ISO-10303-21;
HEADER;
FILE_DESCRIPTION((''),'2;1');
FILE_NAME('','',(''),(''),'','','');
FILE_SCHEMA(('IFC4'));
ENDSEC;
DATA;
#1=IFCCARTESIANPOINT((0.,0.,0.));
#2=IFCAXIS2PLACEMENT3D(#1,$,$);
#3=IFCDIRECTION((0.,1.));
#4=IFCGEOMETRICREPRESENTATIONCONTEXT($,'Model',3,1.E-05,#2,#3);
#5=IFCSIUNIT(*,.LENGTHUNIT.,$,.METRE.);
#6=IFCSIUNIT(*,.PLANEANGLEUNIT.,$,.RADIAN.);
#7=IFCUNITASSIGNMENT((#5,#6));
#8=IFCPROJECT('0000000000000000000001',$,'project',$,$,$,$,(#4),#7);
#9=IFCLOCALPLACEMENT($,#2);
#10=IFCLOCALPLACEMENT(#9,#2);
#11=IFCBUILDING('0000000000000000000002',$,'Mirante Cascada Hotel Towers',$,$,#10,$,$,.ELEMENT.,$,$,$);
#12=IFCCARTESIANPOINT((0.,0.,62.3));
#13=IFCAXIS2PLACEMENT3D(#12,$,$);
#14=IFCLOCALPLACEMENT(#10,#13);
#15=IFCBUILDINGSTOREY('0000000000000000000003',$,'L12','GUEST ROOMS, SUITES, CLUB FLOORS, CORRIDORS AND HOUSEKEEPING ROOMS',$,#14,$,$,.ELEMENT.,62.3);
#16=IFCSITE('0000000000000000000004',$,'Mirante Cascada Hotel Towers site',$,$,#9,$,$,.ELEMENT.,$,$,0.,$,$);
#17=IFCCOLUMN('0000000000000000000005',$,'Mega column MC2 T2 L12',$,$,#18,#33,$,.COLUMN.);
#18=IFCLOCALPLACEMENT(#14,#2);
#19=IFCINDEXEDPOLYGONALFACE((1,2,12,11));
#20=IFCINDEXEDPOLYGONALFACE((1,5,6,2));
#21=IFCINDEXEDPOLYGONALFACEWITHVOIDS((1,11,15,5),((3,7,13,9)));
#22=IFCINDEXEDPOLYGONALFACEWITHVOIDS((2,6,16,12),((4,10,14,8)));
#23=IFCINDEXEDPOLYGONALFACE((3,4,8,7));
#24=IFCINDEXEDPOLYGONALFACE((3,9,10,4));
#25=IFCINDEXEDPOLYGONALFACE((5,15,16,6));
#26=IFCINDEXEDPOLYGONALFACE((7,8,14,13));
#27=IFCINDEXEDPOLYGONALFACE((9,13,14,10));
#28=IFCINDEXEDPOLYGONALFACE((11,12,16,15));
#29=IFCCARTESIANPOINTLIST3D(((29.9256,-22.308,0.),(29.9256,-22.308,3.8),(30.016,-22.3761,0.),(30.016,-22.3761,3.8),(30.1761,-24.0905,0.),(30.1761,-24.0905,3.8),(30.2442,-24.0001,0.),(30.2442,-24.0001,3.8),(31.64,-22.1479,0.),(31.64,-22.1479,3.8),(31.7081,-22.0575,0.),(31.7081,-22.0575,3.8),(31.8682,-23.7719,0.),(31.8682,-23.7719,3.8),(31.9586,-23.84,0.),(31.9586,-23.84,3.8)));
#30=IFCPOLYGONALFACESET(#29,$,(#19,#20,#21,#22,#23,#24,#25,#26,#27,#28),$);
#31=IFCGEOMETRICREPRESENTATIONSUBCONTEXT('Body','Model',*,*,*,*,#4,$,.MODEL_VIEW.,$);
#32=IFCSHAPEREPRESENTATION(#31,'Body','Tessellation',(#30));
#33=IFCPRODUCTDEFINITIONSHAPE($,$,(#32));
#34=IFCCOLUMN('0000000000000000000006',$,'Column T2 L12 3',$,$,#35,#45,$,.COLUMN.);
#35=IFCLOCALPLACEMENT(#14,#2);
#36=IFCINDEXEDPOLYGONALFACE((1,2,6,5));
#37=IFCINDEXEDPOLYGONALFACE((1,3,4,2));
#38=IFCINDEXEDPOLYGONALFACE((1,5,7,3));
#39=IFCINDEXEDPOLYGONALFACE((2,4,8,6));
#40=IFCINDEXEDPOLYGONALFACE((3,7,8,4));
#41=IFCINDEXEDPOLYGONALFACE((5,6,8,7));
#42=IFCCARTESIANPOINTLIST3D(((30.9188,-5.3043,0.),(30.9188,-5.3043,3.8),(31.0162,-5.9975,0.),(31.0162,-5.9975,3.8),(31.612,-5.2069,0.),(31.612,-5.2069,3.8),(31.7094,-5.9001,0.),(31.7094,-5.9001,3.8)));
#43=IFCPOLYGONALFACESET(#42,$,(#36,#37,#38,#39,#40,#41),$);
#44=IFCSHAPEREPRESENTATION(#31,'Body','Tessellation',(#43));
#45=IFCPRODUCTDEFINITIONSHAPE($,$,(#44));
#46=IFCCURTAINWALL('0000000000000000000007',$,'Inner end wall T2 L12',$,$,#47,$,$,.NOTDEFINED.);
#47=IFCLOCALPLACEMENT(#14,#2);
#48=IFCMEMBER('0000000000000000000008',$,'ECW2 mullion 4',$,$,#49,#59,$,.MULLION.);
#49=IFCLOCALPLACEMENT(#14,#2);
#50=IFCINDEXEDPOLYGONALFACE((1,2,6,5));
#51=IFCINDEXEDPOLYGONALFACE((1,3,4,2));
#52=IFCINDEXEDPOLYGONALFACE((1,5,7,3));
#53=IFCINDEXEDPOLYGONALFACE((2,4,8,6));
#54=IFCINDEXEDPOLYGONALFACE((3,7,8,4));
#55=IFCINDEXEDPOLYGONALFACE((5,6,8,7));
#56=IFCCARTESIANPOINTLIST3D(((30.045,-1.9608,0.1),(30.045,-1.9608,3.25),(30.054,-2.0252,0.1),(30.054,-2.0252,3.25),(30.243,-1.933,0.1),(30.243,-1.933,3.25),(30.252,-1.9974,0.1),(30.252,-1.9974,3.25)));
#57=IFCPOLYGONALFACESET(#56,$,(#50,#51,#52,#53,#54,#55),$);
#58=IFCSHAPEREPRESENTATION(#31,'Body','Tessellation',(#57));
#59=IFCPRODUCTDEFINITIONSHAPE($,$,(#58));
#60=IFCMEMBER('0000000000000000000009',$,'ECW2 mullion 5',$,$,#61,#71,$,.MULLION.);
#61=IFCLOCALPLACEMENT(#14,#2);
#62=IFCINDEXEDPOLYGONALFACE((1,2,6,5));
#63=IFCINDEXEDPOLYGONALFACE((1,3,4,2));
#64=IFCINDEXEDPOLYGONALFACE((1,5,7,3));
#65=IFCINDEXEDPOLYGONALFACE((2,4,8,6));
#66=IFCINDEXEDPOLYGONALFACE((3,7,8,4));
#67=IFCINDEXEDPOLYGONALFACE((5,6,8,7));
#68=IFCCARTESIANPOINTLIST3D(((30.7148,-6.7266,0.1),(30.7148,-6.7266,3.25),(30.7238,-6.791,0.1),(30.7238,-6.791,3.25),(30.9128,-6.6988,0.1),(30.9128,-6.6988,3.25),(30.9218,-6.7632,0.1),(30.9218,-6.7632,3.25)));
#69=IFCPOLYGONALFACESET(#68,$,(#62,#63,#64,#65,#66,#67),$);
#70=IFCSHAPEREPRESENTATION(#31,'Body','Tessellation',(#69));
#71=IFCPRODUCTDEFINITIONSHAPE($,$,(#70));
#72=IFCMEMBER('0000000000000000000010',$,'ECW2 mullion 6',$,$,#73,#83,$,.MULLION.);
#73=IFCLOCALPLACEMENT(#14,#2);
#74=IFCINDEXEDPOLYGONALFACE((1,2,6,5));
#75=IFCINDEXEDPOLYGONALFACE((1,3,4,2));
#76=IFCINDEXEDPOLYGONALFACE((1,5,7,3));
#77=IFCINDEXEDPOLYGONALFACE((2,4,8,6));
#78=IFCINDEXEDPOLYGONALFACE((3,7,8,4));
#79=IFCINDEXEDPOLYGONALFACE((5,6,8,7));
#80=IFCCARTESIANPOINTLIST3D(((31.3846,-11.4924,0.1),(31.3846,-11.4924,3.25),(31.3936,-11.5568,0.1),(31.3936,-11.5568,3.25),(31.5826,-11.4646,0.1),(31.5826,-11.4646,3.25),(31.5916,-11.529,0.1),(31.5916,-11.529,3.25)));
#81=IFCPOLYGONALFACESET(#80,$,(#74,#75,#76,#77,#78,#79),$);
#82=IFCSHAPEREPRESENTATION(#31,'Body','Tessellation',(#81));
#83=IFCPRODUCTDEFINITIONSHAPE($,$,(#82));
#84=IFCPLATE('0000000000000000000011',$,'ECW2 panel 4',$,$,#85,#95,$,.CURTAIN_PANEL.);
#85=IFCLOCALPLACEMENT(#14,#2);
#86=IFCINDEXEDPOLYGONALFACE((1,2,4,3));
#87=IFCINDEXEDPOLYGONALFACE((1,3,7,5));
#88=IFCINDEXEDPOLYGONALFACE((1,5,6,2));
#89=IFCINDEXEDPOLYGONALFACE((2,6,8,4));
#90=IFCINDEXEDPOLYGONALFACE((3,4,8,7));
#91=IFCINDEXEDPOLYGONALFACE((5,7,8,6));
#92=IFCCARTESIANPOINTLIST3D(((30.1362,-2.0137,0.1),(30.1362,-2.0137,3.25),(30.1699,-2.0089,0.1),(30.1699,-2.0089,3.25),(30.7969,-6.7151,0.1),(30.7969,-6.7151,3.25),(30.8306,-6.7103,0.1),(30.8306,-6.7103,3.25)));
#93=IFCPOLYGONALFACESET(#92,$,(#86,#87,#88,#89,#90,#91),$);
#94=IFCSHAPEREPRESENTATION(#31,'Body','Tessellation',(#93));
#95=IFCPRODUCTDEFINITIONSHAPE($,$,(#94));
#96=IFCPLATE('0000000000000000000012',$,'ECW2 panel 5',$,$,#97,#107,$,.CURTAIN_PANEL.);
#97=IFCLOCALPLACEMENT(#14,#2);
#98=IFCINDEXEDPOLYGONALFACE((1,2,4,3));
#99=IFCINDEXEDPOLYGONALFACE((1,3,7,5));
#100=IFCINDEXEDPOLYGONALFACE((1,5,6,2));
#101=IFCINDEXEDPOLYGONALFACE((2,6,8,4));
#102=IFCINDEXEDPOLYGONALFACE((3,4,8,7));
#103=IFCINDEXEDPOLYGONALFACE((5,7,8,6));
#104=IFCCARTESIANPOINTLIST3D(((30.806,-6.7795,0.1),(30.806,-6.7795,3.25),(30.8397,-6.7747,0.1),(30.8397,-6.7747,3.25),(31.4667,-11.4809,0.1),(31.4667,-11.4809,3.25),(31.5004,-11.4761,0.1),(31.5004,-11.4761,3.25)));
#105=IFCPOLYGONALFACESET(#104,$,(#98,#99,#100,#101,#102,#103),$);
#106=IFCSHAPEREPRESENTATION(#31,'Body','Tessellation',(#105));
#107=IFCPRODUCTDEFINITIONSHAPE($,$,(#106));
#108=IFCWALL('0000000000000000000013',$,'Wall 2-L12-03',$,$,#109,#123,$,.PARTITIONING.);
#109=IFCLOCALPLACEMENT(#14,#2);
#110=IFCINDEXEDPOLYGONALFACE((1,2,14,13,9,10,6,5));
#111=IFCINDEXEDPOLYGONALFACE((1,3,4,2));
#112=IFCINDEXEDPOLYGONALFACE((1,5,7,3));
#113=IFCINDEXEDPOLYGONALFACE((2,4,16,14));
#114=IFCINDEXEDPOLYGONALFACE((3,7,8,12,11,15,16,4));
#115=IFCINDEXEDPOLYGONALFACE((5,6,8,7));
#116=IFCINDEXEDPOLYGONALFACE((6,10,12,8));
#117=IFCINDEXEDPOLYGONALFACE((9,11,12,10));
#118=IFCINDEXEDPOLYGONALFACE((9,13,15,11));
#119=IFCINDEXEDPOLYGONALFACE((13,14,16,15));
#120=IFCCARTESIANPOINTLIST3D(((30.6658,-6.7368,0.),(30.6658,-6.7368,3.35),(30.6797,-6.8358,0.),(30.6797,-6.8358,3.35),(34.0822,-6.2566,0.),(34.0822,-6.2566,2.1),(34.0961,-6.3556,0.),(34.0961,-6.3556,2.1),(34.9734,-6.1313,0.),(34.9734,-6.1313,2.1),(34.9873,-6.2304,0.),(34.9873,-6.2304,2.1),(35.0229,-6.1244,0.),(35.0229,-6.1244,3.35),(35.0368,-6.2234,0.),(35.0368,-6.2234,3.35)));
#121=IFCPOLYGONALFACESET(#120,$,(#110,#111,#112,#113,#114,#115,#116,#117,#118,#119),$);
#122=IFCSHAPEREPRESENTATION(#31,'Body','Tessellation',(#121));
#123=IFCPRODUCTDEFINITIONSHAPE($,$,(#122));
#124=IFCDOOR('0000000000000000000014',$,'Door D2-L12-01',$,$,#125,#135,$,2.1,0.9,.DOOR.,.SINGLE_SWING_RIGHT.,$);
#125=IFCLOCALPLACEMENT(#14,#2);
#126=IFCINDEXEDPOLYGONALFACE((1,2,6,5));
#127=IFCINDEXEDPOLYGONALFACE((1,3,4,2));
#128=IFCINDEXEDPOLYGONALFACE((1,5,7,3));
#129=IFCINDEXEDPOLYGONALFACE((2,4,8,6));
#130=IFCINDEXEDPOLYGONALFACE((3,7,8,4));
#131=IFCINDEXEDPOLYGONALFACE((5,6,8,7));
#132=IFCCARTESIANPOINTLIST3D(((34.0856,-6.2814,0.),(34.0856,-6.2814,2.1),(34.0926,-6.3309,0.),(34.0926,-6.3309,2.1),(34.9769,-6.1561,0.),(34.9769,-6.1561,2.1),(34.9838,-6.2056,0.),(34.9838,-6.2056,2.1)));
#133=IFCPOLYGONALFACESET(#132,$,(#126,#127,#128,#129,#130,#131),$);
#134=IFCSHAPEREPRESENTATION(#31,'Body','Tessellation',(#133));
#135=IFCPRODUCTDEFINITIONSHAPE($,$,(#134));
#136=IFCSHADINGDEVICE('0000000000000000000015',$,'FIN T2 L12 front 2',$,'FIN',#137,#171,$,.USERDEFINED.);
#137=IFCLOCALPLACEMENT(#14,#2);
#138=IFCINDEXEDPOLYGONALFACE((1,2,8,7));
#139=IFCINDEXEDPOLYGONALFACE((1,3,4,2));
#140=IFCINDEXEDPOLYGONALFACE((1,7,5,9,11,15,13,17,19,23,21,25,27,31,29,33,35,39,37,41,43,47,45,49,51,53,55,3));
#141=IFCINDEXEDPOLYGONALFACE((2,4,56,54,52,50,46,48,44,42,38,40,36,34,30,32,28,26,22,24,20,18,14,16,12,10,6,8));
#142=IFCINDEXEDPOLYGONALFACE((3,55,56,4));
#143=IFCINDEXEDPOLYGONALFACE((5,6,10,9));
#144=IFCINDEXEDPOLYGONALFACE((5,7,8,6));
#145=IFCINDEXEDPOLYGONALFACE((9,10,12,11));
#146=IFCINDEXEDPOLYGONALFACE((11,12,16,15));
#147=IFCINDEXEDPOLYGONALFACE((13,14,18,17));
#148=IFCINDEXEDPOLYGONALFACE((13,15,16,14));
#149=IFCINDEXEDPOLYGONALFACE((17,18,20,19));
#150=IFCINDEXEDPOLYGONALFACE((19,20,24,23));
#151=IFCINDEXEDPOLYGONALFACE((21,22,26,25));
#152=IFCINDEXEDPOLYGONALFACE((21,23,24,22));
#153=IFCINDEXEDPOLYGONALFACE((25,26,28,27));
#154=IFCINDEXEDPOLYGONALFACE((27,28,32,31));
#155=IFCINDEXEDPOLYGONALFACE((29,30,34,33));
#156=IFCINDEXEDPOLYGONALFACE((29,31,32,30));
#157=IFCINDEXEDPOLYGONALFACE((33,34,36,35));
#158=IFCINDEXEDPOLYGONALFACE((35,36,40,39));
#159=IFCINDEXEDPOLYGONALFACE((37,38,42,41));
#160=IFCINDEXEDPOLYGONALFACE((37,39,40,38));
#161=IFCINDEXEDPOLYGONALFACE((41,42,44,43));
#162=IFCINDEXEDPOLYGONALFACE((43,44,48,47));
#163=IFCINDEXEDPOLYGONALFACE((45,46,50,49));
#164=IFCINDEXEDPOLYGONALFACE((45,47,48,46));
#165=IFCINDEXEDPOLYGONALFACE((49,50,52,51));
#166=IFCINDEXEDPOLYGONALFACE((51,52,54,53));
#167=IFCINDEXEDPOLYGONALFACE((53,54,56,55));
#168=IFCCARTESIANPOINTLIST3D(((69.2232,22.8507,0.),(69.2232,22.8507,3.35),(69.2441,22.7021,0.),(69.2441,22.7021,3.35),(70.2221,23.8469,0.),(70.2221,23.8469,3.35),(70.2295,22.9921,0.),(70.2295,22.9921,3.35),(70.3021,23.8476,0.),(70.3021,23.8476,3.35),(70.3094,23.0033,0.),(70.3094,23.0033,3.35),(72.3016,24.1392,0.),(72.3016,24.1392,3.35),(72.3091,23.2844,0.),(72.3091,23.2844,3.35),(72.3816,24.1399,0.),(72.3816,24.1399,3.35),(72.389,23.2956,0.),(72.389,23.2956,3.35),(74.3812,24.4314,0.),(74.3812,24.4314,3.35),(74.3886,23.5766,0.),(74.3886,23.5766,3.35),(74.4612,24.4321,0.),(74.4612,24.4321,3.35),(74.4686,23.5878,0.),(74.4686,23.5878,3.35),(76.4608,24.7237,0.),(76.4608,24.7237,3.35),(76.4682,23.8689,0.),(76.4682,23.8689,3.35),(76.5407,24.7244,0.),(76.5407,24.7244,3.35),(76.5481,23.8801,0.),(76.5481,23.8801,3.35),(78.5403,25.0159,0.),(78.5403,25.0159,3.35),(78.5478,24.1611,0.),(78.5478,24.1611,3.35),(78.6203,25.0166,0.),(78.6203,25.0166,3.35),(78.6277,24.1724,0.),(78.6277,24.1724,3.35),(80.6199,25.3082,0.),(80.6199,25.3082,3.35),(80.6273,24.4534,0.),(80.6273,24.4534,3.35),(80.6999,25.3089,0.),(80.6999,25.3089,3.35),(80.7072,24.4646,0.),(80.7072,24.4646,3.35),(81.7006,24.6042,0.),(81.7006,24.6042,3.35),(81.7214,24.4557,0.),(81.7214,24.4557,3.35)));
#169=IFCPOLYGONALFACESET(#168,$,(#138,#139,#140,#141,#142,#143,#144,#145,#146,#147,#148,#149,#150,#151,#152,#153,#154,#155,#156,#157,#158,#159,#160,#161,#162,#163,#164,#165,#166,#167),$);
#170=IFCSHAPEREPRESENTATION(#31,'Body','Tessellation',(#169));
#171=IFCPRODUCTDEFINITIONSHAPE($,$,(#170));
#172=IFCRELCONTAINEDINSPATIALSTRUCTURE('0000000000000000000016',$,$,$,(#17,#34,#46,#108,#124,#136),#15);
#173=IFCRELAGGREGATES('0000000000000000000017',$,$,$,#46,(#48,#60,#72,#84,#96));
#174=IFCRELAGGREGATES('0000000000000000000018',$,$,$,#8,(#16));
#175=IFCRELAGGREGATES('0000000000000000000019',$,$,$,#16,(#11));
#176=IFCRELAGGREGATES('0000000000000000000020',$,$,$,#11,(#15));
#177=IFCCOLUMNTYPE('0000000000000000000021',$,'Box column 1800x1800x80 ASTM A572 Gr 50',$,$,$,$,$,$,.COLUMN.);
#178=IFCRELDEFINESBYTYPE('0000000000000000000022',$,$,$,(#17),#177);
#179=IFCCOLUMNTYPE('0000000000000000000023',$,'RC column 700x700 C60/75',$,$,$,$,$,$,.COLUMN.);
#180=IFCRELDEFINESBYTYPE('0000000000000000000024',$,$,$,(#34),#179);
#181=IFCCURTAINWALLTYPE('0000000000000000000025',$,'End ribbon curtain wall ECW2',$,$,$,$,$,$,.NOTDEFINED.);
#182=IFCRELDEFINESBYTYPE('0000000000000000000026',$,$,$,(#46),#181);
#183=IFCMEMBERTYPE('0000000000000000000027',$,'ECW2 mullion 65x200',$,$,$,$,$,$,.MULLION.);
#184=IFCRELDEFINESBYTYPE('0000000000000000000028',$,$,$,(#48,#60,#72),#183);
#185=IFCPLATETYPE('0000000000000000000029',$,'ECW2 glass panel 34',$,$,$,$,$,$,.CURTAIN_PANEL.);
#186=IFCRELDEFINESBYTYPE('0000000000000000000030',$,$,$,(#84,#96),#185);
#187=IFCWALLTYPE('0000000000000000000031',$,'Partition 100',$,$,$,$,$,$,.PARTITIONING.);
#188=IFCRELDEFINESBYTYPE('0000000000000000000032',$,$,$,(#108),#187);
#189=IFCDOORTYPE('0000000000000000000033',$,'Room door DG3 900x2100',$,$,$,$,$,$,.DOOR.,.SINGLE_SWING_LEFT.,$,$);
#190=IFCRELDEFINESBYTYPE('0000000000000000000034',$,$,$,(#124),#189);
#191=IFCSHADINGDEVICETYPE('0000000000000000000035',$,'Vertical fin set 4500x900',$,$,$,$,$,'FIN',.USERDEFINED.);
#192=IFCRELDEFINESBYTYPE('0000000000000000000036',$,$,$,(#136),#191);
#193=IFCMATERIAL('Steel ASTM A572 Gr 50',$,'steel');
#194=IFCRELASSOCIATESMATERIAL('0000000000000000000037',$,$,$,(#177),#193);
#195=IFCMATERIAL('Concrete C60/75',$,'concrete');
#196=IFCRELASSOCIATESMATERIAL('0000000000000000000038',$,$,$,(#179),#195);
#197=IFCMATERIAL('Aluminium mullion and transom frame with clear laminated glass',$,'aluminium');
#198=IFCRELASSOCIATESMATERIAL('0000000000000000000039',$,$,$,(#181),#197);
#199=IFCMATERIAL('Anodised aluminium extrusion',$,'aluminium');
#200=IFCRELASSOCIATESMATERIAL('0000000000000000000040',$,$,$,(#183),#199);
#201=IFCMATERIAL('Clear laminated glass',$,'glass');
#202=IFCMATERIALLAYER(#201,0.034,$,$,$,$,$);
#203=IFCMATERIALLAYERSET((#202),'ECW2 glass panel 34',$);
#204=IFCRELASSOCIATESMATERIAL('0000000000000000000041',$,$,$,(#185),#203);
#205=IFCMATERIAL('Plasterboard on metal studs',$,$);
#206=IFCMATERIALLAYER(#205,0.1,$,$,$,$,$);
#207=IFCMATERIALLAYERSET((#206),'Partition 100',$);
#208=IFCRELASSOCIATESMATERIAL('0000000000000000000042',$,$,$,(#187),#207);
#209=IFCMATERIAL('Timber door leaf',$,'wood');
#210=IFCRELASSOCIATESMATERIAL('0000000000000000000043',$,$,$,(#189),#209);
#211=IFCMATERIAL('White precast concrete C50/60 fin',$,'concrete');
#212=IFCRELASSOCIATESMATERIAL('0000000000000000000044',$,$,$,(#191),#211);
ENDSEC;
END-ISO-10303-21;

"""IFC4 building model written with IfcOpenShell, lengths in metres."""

from ifc_helpers import new_model, si_unit, direction, frame, frame_2d, origin, origin_2d, place, context, subcontext, project, spatial, polyline, rectangle, hollow_rectangle, outline, extrude, material, layer, layer_set, material_profile, profile_set, type_object, element, fill, aggregate, save


model = new_model("IFC4")

# Units and contexts
model_context = context("Model", 3, precision=1e-05, world=origin(), true_north=direction((0.0, 1.0)))
body_context = subcontext(model_context, "Body", "Model", "MODEL_VIEW")
ifc_project = project(units=[si_unit("LENGTHUNIT", "METRE"), si_unit("PLANEANGLEUNIT", "RADIAN")], contexts=[model_context])

# Site, building, storey
site_placement = place(None, origin())
site = spatial("IfcSite", under=ifc_project, at=site_placement, Name="Mirante Cascada Hotel Towers site", CompositionType="ELEMENT", RefElevation=0.0)
building_placement = place(site_placement, origin())
building = spatial("IfcBuilding", under=site, at=building_placement, Name="Mirante Cascada Hotel Towers", CompositionType="ELEMENT")
storey_placement = place(building_placement, frame((0.0, 0.0, 62.3)))
storey = spatial("IfcBuildingStorey", under=building, at=storey_placement, Name="L12", Description="GUEST ROOMS, SUITES, CLUB FLOORS, CORRIDORS AND HOUSEKEEPING ROOMS", CompositionType="ELEMENT", Elevation=62.3)

# Columns
ifc_material_1 = material(Name="Steel ASTM A572 Gr 50", Category="steel")
ifc_material_profile_1 = material_profile(ifc_material_1, hollow_rectangle(XDim=1.8, YDim=1.8, WallThickness=0.08, at=origin_2d()), Name="Box column 1800x1800x80 ASTM A572 Gr 50")
ifc_profile_set_1 = profile_set([ifc_material_profile_1], Name="Steel ASTM A572 Gr 50")
column_type_1 = type_object("IfcColumnType", Name="Box column 1800x1800x80 ASTM A572 Gr 50", PredefinedType="COLUMN", material=ifc_profile_set_1)
column_1_placement = place(storey_placement, frame((30.9421, -23.074, 0.0), z_axis=(0.0, 0.0, 1.0), x_axis=(0.990268, 0.139173, 0.0)))
element("IfcColumn", 1, at=column_1_placement, inside=storey, type_object=column_type_1, Name="Mega column MC2 T2 L12", PredefinedType="COLUMN", context=body_context, shape_type="SweptSolid", body=[
    extrude(hollow_rectangle(XDim=1.8, YDim=1.8, WallThickness=0.08, at=origin_2d()), origin(), (0.0, 0.0, 1.0), 3.8),
])
ifc_material_2 = material(Name="Concrete C60/75", Category="concrete")
ifc_material_profile_2 = material_profile(ifc_material_2, rectangle(XDim=0.7, YDim=0.7, at=origin_2d()), Name="RC column 700x700 C60/75")
ifc_profile_set_2 = profile_set([ifc_material_profile_2], Name="Concrete C60/75")
column_type_2 = type_object("IfcColumnType", Name="RC column 700x700 C60/75", PredefinedType="COLUMN", material=ifc_profile_set_2)
column_2_placement = place(storey_placement, frame((31.3141, -5.6022, 0.0), z_axis=(0.0, 0.0, 1.0), x_axis=(0.990268, 0.139173, 0.0)))
element("IfcColumn", 2, at=column_2_placement, inside=storey, type_object=column_type_2, Name="Column T2 L12 3", PredefinedType="COLUMN", context=body_context, shape_type="SweptSolid", body=[
    extrude(rectangle(XDim=0.7, YDim=0.7, at=origin_2d()), origin(), (0.0, 0.0, 1.0), 3.8),
])

# Curtain wall, members, plates
ifc_material_3 = material(Name="Aluminium mullion and transom frame with clear laminated glass", Category="aluminium")
curtain_wall_type = type_object("IfcCurtainWallType", Name="End ribbon curtain wall ECW2", PredefinedType="NOTDEFINED", material=ifc_material_3)
curtain_wall_placement = place(storey_placement, origin())
curtain_wall = element("IfcCurtainWall", 3, at=curtain_wall_placement, inside=storey, type_object=curtain_wall_type, Name="Inner end wall T2 L12", PredefinedType="NOTDEFINED")
ifc_material_4 = material(Name="Anodised aluminium extrusion", Category="aluminium")
ifc_material_profile_3 = material_profile(ifc_material_4, rectangle(XDim=0.2, YDim=0.065, at=origin_2d()), Name="ECW2 MULLION 65x200")
ifc_profile_set_3 = profile_set([ifc_material_profile_3], Name="Anodised aluminium extrusion")
member_type = type_object("IfcMemberType", Name="ECW2 mullion 65x200", PredefinedType="MULLION", material=ifc_profile_set_3)
member_1_placement = place(storey_placement, frame((30.1485, -1.9791, 0.1), z_axis=(0.0, 0.0, 1.0), x_axis=(0.990268, 0.139173, 0.0)))
member_1 = element("IfcMember", 4, at=member_1_placement, type_object=member_type, Name="ECW2 mullion 4", PredefinedType="MULLION", context=body_context, shape_type="SweptSolid", body=[
    extrude(rectangle(XDim=0.2, YDim=0.065, at=origin_2d()), origin(), (0.0, 0.0, 1.0), 3.15),
])
member_2_placement = place(storey_placement, frame((30.8183, -6.7449, 0.1), z_axis=(0.0, 0.0, 1.0), x_axis=(0.990268, 0.139173, 0.0)))
member_2 = element("IfcMember", 5, at=member_2_placement, type_object=member_type, Name="ECW2 mullion 5", PredefinedType="MULLION", context=body_context, shape_type="SweptSolid", body=[
    extrude(rectangle(XDim=0.2, YDim=0.065, at=origin_2d()), origin(), (0.0, 0.0, 1.0), 3.15),
])
member_3_placement = place(storey_placement, frame((31.4881, -11.5107, 0.1), z_axis=(0.0, 0.0, 1.0), x_axis=(0.990268, 0.139173, 0.0)))
member_3 = element("IfcMember", 6, at=member_3_placement, type_object=member_type, Name="ECW2 mullion 6", PredefinedType="MULLION", context=body_context, shape_type="SweptSolid", body=[
    extrude(rectangle(XDim=0.2, YDim=0.065, at=origin_2d()), origin(), (0.0, 0.0, 1.0), 3.15),
])
ifc_material_5 = material(Name="Clear laminated glass", Category="glass")
ifc_layer_1 = layer(ifc_material_5, 0.034)
ifc_layer_set_1 = layer_set([ifc_layer_1], Name="ECW2 glass panel 34")
plate_type = type_object("IfcPlateType", Name="ECW2 glass panel 34", PredefinedType="CURTAIN_PANEL", material=ifc_layer_set_1)
plate_1_placement = place(storey_placement, frame((30.4834, -4.362, 0.1), z_axis=(0.0, 0.0, 1.0), x_axis=(0.139173, -0.990268, 0.0)))
plate_1 = element("IfcPlate", 7, at=plate_1_placement, type_object=plate_type, Name="ECW2 panel 4", PredefinedType="CURTAIN_PANEL", context=body_context, shape_type="SweptSolid", body=[
    extrude(rectangle(XDim=4.7476, YDim=0.034, at=origin_2d()), origin(), (0.0, 0.0, 1.0), 3.15),
])
plate_2_placement = place(storey_placement, frame((31.1532, -9.1278, 0.1), z_axis=(0.0, 0.0, 1.0), x_axis=(0.139173, -0.990268, 0.0)))
plate_2 = element("IfcPlate", 8, at=plate_2_placement, type_object=plate_type, Name="ECW2 panel 5", PredefinedType="CURTAIN_PANEL", context=body_context, shape_type="SweptSolid", body=[
    extrude(rectangle(XDim=4.7476, YDim=0.034, at=origin_2d()), origin(), (0.0, 0.0, 1.0), 3.15),
])
aggregate(curtain_wall, [member_1, member_2, member_3, plate_1, plate_2])

# Wall, opening, door
ifc_material_6 = material(Name="Plasterboard on metal studs")
ifc_layer_2 = layer(ifc_material_6, 0.1)
ifc_layer_set_2 = layer_set([ifc_layer_2], Name="Partition 100")
wall_type = type_object("IfcWallType", Name="Partition 100", PredefinedType="PARTITIONING", material=ifc_layer_set_2)
wall_placement = place(storey_placement, frame((30.6727, -6.7863, 0.0), z_axis=(0.0, 0.0, 1.0), x_axis=(0.990267, 0.139184, 0.0)))
wall = element("IfcWall", 9, at=wall_placement, inside=storey, type_object=wall_type, Name="Wall 2-L12-03", PredefinedType="PARTITIONING", context=body_context, shape_type="SweptSolid", body=[
    extrude(rectangle(XDim=4.3999, YDim=0.1, at=frame_2d((2.2, 0.0))), origin(), (0.0, 0.0, 1.0), 3.35),
])
opening_placement = place(wall_placement, frame((3.45, 0.0, 0.0)))
opening = element("IfcOpeningElement", 10, at=opening_placement, cuts=wall, PredefinedType="OPENING", context=body_context, shape_type="SweptSolid", body=[
    extrude(rectangle(XDim=0.9, YDim=2.1, at=frame_2d((0.45, 1.05))), frame((0.0, 0.05, 0.0), z_axis=(0.0, -1.0, 0.0), x_axis=(1.0, 0.0, 0.0)), (0.0, 0.0, 1.0), 0.1),
])
ifc_material_7 = material(Name="Timber door leaf", Category="wood")
door_type = type_object("IfcDoorType", Name="Room door DG3 900x2100", OperationType="SINGLE_SWING_LEFT", PredefinedType="DOOR", material=ifc_material_7)
door_placement = place(opening_placement, frame((0.9, 0.0, 0.0), z_axis=(0.0, 0.0, 1.0), x_axis=(-1.0, 0.0, 0.0)))
door = element("IfcDoor", 11, at=door_placement, inside=storey, type_object=door_type, Name="Door D2-L12-01", OperationType="SINGLE_SWING_RIGHT", OverallHeight=2.1, OverallWidth=0.9, PredefinedType="DOOR", context=body_context, shape_type="SweptSolid", body=[
    extrude(rectangle(XDim=0.9, YDim=2.1, at=frame_2d((0.45, 1.05))), frame((0.0, 0.025, 0.0), z_axis=(0.0, -1.0, 0.0), x_axis=(1.0, 0.0, 0.0)), (0.0, 0.0, 1.0), 0.05),
])
fill(opening, door)

# Shading device
ifc_material_8 = material(Name="White precast concrete C50/60 fin", Category="concrete")
shading_device_type = type_object("IfcShadingDeviceType", Name="Vertical fin set 4500x900", ElementType="FIN", PredefinedType="USERDEFINED", material=ifc_material_8)
shading_device_1_placement = place(storey_placement, origin())
element("IfcShadingDevice", 12, at=shading_device_1_placement, inside=storey, type_object=shading_device_type, Name="FIN T2 L12 front 2", ObjectType="FIN", PredefinedType="USERDEFINED", context=body_context, shape_type="SweptSolid", body=[
    extrude(outline(polyline([(70.3021, 23.8476), (70.3094, 23.0033), (72.3091, 23.2844), (72.3016, 24.1392), (72.3816, 24.1399), (72.389, 23.2956), (74.3886, 23.5766), (74.3812, 24.4314), (74.4612, 24.4321), (74.4686, 23.5878), (76.4682, 23.8689), (76.4608, 24.7237), (76.5407, 24.7244), (76.5481, 23.8801), (78.5478, 24.1611), (78.5403, 25.0159), (78.6203, 25.0166), (78.6277, 24.1724), (80.6273, 24.4534), (80.6199, 25.3082), (80.6999, 25.3089), (80.7072, 24.4646), (81.7006, 24.6042), (81.7214, 24.4557), (69.2441, 22.7021), (69.2232, 22.8507), (70.2295, 22.9921), (70.2221, 23.8469), (70.3021, 23.8476)])), origin(), (0.0, 0.0, 1.0), 3.35),
])

save(model, "model.ifc")
